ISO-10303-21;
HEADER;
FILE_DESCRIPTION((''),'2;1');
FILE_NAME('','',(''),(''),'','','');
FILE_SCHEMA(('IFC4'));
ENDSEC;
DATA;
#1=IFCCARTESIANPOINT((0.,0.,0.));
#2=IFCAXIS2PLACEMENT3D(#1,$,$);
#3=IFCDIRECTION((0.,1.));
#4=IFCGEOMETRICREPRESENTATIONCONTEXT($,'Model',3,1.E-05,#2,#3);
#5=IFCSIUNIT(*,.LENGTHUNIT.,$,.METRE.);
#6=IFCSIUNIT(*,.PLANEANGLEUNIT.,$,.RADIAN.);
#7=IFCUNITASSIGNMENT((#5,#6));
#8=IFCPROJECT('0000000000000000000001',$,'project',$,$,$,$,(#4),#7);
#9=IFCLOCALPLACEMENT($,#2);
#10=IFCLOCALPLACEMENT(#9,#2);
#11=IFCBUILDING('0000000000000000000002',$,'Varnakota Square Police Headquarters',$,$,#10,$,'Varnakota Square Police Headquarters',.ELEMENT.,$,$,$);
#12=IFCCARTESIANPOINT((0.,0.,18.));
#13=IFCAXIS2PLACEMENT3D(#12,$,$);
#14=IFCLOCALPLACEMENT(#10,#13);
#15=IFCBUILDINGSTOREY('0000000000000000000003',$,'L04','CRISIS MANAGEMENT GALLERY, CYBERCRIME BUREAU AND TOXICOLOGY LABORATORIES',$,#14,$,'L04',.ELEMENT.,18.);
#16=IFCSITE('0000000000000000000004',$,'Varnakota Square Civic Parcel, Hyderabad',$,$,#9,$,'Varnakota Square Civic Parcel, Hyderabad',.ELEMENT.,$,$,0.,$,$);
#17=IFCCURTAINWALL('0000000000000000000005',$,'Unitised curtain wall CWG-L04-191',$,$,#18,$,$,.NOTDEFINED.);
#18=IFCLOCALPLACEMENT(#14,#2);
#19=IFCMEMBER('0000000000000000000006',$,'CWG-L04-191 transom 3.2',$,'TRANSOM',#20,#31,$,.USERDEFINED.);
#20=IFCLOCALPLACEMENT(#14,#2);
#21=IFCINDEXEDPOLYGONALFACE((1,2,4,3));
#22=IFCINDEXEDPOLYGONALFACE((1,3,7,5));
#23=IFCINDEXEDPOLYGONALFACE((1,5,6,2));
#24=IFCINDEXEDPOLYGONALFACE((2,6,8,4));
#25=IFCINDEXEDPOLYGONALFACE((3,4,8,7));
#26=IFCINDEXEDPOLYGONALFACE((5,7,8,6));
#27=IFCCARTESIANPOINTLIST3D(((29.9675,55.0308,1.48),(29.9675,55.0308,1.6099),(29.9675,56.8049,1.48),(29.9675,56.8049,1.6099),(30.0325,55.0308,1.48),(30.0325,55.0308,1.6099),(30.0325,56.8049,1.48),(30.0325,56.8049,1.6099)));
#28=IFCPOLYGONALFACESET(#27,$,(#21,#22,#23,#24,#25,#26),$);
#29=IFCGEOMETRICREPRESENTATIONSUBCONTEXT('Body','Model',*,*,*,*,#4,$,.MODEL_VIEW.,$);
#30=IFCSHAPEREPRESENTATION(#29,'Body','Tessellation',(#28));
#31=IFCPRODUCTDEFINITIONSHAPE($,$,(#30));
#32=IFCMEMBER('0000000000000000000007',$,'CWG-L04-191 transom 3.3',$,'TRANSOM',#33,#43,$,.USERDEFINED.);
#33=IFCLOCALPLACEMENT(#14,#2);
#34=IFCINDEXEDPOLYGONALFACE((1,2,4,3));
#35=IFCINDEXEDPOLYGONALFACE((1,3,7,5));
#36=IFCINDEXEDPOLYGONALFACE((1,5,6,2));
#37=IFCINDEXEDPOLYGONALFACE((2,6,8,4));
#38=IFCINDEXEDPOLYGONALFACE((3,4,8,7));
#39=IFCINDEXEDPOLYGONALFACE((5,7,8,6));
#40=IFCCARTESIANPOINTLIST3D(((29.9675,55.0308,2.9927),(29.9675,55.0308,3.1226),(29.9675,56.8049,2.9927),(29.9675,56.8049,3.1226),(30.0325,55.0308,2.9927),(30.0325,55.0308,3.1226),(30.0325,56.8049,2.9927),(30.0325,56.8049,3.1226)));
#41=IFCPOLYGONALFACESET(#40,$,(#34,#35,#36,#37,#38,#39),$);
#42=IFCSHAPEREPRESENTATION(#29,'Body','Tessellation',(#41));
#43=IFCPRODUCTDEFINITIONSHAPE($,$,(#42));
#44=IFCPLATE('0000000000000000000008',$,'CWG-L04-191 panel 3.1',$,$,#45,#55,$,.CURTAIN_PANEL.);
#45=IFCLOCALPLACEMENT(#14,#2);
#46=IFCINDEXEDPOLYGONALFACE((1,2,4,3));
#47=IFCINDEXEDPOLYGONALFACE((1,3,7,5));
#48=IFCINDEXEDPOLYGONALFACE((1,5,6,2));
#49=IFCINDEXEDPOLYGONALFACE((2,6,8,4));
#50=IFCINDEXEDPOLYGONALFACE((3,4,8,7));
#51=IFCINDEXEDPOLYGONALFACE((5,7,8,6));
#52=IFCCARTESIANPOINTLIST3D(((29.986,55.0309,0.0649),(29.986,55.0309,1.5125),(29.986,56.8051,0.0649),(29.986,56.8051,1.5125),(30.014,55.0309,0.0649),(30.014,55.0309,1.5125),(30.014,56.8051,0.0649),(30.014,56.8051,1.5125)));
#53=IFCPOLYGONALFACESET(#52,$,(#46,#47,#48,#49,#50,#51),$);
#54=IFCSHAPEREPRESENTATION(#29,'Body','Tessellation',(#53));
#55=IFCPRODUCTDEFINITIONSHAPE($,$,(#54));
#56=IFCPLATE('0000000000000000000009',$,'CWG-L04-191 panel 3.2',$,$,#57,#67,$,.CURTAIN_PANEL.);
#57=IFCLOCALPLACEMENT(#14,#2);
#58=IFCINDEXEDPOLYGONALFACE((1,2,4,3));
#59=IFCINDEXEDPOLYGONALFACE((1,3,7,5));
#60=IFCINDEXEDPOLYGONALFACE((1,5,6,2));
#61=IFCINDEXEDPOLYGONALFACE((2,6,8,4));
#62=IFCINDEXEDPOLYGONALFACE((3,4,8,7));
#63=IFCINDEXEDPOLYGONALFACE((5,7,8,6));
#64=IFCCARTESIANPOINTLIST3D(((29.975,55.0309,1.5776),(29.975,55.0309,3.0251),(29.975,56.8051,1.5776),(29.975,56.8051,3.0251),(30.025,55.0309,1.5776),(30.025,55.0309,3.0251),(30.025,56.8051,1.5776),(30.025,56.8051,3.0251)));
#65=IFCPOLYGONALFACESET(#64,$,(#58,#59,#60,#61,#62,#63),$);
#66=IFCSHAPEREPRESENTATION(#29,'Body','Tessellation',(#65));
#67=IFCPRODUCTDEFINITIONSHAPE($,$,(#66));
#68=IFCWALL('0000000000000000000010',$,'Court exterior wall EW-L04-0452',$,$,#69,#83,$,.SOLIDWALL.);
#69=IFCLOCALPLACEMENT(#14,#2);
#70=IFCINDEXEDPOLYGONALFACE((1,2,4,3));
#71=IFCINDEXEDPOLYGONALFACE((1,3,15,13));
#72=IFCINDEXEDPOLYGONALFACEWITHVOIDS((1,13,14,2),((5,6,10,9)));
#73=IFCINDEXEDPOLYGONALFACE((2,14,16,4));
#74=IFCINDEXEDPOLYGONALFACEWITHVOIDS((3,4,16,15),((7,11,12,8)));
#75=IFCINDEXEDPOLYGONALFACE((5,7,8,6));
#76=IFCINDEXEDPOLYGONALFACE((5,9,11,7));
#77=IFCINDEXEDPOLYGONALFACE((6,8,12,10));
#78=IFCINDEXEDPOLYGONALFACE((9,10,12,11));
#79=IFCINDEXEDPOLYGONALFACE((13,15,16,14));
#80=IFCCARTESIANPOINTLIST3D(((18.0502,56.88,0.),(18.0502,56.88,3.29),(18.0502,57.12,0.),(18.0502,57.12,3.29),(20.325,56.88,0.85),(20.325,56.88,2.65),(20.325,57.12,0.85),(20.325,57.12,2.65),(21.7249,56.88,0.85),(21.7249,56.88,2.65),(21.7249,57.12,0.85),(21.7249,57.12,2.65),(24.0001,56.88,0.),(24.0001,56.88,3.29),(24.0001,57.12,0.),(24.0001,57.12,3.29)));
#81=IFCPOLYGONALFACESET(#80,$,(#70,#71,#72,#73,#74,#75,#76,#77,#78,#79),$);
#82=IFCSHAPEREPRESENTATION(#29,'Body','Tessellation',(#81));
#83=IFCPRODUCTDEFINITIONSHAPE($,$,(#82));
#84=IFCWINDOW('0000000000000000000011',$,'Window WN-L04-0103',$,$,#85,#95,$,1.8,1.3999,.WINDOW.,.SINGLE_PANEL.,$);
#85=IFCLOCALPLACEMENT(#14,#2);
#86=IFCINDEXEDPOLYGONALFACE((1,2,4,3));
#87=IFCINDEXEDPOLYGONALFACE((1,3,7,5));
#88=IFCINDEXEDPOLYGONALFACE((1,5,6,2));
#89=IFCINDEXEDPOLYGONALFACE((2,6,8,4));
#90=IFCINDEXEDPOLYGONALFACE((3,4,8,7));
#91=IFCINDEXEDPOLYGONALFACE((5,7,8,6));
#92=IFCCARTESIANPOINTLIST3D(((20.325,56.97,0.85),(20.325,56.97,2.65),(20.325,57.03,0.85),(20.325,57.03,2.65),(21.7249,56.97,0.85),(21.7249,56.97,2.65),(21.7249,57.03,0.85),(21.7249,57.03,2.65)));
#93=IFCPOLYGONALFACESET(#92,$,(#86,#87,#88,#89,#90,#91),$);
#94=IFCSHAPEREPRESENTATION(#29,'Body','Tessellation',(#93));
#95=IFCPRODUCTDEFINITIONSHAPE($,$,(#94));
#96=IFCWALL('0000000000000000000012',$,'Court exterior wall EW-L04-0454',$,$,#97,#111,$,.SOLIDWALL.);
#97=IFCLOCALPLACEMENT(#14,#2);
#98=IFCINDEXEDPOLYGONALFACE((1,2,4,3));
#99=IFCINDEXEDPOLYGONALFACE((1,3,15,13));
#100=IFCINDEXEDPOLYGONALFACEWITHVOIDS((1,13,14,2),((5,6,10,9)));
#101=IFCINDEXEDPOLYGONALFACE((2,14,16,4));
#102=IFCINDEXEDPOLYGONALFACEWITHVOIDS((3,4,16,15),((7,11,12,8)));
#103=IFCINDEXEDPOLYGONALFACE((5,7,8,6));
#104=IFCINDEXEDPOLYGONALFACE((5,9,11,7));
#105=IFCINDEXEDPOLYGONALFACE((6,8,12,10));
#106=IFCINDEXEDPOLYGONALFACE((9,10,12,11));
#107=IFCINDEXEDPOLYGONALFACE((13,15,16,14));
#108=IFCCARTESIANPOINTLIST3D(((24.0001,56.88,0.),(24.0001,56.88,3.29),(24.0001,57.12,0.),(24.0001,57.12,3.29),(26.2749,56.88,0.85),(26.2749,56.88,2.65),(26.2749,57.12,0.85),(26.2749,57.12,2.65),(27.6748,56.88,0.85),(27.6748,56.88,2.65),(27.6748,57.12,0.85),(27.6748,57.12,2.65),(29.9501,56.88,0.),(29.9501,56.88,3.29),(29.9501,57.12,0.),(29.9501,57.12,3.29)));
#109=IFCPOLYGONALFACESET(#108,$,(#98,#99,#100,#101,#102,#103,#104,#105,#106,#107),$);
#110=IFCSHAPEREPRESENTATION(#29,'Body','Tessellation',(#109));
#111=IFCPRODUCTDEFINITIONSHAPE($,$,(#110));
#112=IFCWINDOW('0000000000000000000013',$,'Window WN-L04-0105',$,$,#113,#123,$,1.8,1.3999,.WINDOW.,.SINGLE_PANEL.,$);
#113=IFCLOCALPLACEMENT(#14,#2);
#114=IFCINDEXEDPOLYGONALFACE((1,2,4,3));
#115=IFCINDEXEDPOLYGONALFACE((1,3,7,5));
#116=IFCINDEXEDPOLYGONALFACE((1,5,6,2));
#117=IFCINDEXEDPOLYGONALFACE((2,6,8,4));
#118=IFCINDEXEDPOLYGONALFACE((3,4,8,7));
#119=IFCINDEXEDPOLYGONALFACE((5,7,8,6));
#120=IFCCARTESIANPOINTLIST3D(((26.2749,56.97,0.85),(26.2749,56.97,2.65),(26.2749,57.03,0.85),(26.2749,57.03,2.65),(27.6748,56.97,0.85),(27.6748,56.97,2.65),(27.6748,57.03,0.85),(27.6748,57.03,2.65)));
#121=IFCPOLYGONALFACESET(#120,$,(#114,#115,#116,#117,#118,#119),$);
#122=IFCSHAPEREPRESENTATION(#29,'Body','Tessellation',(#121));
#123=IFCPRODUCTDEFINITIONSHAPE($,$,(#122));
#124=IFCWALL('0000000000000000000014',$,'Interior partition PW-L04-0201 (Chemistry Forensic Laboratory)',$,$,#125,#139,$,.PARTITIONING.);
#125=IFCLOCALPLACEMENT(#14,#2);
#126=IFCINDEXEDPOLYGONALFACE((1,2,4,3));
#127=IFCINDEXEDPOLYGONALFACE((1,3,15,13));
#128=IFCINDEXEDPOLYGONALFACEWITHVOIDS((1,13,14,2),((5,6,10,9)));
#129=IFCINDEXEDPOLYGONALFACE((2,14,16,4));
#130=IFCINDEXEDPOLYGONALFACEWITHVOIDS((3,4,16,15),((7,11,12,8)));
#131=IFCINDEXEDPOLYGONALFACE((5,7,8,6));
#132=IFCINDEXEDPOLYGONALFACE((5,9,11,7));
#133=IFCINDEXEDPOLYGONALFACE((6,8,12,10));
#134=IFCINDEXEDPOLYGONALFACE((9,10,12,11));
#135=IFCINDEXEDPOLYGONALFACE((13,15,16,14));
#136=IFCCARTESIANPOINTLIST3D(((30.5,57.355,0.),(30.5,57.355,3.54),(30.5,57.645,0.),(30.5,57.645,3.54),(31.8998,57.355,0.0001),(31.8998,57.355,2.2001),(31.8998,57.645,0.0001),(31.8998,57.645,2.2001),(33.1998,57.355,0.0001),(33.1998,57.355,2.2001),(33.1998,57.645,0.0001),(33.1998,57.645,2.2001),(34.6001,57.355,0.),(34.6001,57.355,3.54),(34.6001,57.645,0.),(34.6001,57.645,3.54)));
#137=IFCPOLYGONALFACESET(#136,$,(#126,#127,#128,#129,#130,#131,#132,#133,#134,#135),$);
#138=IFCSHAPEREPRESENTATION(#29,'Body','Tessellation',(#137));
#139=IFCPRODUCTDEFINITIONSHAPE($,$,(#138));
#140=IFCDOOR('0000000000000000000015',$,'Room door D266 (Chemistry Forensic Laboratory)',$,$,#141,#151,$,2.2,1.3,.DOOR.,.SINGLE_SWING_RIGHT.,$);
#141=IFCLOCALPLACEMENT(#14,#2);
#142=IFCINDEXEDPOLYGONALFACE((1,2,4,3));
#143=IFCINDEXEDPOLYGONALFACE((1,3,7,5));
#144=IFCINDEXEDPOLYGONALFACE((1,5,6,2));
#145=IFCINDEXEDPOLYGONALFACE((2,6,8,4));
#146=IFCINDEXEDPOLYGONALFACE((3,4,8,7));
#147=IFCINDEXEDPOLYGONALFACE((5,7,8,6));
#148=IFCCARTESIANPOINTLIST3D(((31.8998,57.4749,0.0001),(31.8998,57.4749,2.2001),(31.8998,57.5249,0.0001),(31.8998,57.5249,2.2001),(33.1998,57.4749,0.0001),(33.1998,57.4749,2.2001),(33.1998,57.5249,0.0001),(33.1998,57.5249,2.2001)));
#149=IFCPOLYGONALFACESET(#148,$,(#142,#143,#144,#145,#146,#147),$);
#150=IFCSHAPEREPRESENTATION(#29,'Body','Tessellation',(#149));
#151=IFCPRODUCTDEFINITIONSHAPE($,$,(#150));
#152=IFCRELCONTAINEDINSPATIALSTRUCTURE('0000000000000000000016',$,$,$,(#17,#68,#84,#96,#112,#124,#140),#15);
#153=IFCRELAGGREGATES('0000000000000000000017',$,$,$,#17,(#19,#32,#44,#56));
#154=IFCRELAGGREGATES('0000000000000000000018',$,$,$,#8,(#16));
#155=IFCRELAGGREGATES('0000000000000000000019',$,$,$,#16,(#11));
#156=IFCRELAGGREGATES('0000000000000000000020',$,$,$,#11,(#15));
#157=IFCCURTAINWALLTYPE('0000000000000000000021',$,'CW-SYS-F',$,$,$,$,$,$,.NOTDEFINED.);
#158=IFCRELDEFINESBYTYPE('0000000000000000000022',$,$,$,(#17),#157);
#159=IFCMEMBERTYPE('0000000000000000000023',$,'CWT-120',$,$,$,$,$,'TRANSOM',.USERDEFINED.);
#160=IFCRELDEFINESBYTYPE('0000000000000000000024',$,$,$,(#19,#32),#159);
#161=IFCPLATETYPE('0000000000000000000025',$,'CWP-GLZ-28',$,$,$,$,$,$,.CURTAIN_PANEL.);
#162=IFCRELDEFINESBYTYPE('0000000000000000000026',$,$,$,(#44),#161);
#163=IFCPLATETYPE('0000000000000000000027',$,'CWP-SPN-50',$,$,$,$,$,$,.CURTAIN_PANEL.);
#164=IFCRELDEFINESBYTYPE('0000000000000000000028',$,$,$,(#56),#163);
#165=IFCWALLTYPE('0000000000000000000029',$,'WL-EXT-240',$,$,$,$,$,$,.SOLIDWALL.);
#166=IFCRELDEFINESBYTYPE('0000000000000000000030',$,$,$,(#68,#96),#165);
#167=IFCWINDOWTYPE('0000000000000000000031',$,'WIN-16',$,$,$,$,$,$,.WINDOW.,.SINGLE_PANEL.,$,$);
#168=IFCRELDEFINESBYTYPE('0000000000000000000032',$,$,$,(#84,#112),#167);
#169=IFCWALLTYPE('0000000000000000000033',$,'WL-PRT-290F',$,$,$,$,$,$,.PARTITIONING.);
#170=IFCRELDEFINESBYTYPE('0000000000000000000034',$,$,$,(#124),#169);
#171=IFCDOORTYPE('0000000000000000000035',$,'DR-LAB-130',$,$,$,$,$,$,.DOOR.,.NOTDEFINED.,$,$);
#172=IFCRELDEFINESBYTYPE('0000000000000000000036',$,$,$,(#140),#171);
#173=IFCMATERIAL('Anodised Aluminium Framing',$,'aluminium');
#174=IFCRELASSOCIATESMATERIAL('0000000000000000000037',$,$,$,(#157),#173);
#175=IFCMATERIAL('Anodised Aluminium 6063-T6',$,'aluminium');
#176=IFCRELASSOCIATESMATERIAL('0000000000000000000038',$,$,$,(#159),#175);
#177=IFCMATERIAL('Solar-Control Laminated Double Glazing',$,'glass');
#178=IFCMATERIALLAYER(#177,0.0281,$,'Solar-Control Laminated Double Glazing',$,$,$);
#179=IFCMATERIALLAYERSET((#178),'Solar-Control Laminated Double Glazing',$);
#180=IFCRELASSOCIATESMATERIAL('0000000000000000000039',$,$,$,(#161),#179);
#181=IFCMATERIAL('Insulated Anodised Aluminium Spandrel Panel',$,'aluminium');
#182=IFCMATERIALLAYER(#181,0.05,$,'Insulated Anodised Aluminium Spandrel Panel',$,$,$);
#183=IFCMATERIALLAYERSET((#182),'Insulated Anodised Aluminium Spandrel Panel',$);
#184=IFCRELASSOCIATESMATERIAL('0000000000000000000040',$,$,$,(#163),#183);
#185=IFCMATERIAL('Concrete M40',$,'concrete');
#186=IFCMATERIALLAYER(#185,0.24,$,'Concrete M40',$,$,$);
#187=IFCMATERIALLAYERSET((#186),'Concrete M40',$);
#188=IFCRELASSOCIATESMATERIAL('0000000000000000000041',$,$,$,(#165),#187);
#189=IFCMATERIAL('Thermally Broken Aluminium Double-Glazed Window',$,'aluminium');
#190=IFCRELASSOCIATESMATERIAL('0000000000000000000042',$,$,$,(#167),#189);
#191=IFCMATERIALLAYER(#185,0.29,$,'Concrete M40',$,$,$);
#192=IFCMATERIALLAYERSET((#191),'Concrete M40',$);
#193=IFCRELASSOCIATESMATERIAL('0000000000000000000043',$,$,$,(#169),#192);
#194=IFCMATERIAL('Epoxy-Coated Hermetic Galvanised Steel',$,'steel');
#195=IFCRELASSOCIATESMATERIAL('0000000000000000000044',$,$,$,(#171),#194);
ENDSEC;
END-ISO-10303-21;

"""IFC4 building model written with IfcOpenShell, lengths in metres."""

from ifc_helpers import new_model, si_unit, direction, frame, frame_2d, origin, origin_2d, place, context, subcontext, project, spatial, rectangle, extrude, material, layer, layer_set, material_profile, profile_set, type_object, element, fill, aggregate, save


model = new_model("IFC4")

# Units and contexts
model_context = context("Model", 3, precision=1e-05, world=origin(), true_north=direction((0.0, 1.0)))
body_context = subcontext(model_context, "Body", "Model", "MODEL_VIEW")
ifc_project = project(units=[si_unit("LENGTHUNIT", "METRE"), si_unit("PLANEANGLEUNIT", "RADIAN")], contexts=[model_context])

# Site, building, storey
site_placement = place(None, origin())
site = spatial("IfcSite", under=ifc_project, at=site_placement, Name="Varnakota Square Civic Parcel, Hyderabad", LongName="Varnakota Square Civic Parcel, Hyderabad", CompositionType="ELEMENT", RefElevation=0.0)
building_placement = place(site_placement, origin())
building = spatial("IfcBuilding", under=site, at=building_placement, Name="Varnakota Square Police Headquarters", LongName="Varnakota Square Police Headquarters", CompositionType="ELEMENT")
storey_placement = place(building_placement, frame((0.0, 0.0, 18.0)))
storey = spatial("IfcBuildingStorey", under=building, at=storey_placement, Name="L04", Description="CRISIS MANAGEMENT GALLERY, CYBERCRIME BUREAU AND TOXICOLOGY LABORATORIES", LongName="L04", CompositionType="ELEMENT", Elevation=18.0)

# Curtain wall, members, plates
ifc_material_1 = material(Name="Anodised Aluminium Framing", Category="aluminium")
curtain_wall_type = type_object("IfcCurtainWallType", Name="CW-SYS-F", PredefinedType="NOTDEFINED", material=ifc_material_1)
curtain_wall_placement = place(storey_placement, origin())
curtain_wall = element("IfcCurtainWall", 1, at=curtain_wall_placement, inside=storey, type_object=curtain_wall_type, Name="Unitised curtain wall CWG-L04-191", PredefinedType="NOTDEFINED")
ifc_material_2 = material(Name="Anodised Aluminium 6063-T6", Category="aluminium")
ifc_material_profile_1 = material_profile(ifc_material_2, rectangle(XDim=0.0649, YDim=0.1299, at=origin_2d()), Name="ALU TRANSOM 65x130")
ifc_profile_set_1 = profile_set([ifc_material_profile_1], Name="Anodised Aluminium 6063-T6")
member_type_1 = type_object("IfcMemberType", Name="CWT-120", ElementType="TRANSOM", PredefinedType="USERDEFINED", material=ifc_profile_set_1)
member_1_placement = place(storey_placement, frame((30.0, 55.0308, 1.5449), z_axis=(0.0, 1.0, 0.0), x_axis=(-1.0, 0.0, 0.0)))
member_1 = element("IfcMember", 2, at=member_1_placement, type_object=member_type_1, Name="CWG-L04-191 transom 3.2", ObjectType="TRANSOM", PredefinedType="USERDEFINED", context=body_context, shape_type="SweptSolid", body=[
    extrude(rectangle(XDim=0.0649, YDim=0.1299, at=origin_2d()), origin(), (0.0, 0.0, 1.0), 1.7742),
])
member_2_placement = place(storey_placement, frame((30.0, 55.0308, 3.0576), z_axis=(0.0, 1.0, 0.0), x_axis=(-1.0, 0.0, 0.0)))
member_2 = element("IfcMember", 3, at=member_2_placement, type_object=member_type_1, Name="CWG-L04-191 transom 3.3", ObjectType="TRANSOM", PredefinedType="USERDEFINED", context=body_context, shape_type="SweptSolid", body=[
    extrude(rectangle(XDim=0.0649, YDim=0.1299, at=origin_2d()), origin(), (0.0, 0.0, 1.0), 1.7742),
])
ifc_material_3 = material(Name="Solar-Control Laminated Double Glazing", Category="glass")
ifc_layer_1 = layer(ifc_material_3, 0.0281, Name="Solar-Control Laminated Double Glazing")
ifc_layer_set_1 = layer_set([ifc_layer_1], Name="Solar-Control Laminated Double Glazing")
plate_type_1 = type_object("IfcPlateType", Name="CWP-GLZ-28", PredefinedType="CURTAIN_PANEL", material=ifc_layer_set_1)
plate_1_placement = place(storey_placement, frame((30.0, 55.918, 0.0649), z_axis=(0.0, 0.0, 1.0), x_axis=(0.0, 1.0, 0.0)))
plate_1 = element("IfcPlate", 4, at=plate_1_placement, type_object=plate_type_1, Name="CWG-L04-191 panel 3.1", PredefinedType="CURTAIN_PANEL", context=body_context, shape_type="SweptSolid", body=[
    extrude(rectangle(XDim=1.7742, YDim=0.0281, at=origin_2d()), origin(), (0.0, 0.0, 1.0), 1.4475),
])
ifc_material_4 = material(Name="Insulated Anodised Aluminium Spandrel Panel", Category="aluminium")
ifc_layer_2 = layer(ifc_material_4, 0.05, Name="Insulated Anodised Aluminium Spandrel Panel")
ifc_layer_set_2 = layer_set([ifc_layer_2], Name="Insulated Anodised Aluminium Spandrel Panel")
plate_type_2 = type_object("IfcPlateType", Name="CWP-SPN-50", PredefinedType="CURTAIN_PANEL", material=ifc_layer_set_2)
plate_2_placement = place(storey_placement, frame((30.0, 55.918, 1.5776), z_axis=(0.0, 0.0, 1.0), x_axis=(0.0, 1.0, 0.0)))
plate_2 = element("IfcPlate", 5, at=plate_2_placement, type_object=plate_type_2, Name="CWG-L04-191 panel 3.2", PredefinedType="CURTAIN_PANEL", context=body_context, shape_type="SweptSolid", body=[
    extrude(rectangle(XDim=1.7742, YDim=0.05, at=origin_2d()), origin(), (0.0, 0.0, 1.0), 1.4475),
])
aggregate(curtain_wall, [member_1, member_2, plate_1, plate_2])

# Walls, openings, windows
ifc_material_5 = material(Name="Concrete M40", Category="concrete")
ifc_layer_3 = layer(ifc_material_5, 0.24, Name="Concrete M40")
ifc_layer_set_3 = layer_set([ifc_layer_3], Name="Concrete M40")
wall_type_1 = type_object("IfcWallType", Name="WL-EXT-240", PredefinedType="SOLIDWALL", material=ifc_layer_set_3)
wall_1_placement = place(storey_placement, frame((18.05, 57.0, 0.0), z_axis=(0.0, 0.0, 1.0), x_axis=(1.0, 0.0, 0.0)))
wall_1 = element("IfcWall", 6, at=wall_1_placement, inside=storey, type_object=wall_type_1, Name="Court exterior wall EW-L04-0452", PredefinedType="SOLIDWALL", context=body_context, shape_type="SweptSolid", body=[
    extrude(rectangle(XDim=5.95, YDim=0.24, at=frame_2d((2.9751, 0.0))), origin(), (0.0, 0.0, 1.0), 3.29),
])
opening_1_placement = place(wall_1_placement, frame((2.2749, 0.0, 0.8501)))
opening_1 = element("IfcOpeningElement", 7, at=opening_1_placement, cuts=wall_1, PredefinedType="OPENING", context=body_context, shape_type="SweptSolid", body=[
    extrude(rectangle(XDim=1.3999, YDim=1.8, at=frame_2d((0.7, 0.8999))), frame((0.0, 0.1299, 0.0), z_axis=(0.0, -1.0, 0.0), x_axis=(1.0, 0.0, 0.0)), (0.0, 0.0, 1.0), 0.26),
])
ifc_material_6 = material(Name="Thermally Broken Aluminium Double-Glazed Window", Category="aluminium")
window_type = type_object("IfcWindowType", Name="WIN-16", PartitioningType="SINGLE_PANEL", PredefinedType="WINDOW", material=ifc_material_6)
window_1_placement = place(opening_1_placement, origin())
window_1 = element("IfcWindow", 8, at=window_1_placement, inside=storey, type_object=window_type, Name="Window WN-L04-0103", OverallHeight=1.8, OverallWidth=1.3999, PartitioningType="SINGLE_PANEL", PredefinedType="WINDOW", context=body_context, shape_type="SweptSolid", body=[
    extrude(rectangle(XDim=1.3999, YDim=1.8, at=frame_2d((0.7, 0.8999))), frame((0.0, 0.03, 0.0), z_axis=(0.0, -1.0, 0.0), x_axis=(1.0, 0.0, 0.0)), (0.0, 0.0, 1.0), 0.0601),
])
fill(opening_1, window_1)
wall_2_placement = place(storey_placement, frame((24.0, 57.0, 0.0), z_axis=(0.0, 0.0, 1.0), x_axis=(1.0, 0.0, 0.0)))
wall_2 = element("IfcWall", 9, at=wall_2_placement, inside=storey, type_object=wall_type_1, Name="Court exterior wall EW-L04-0454", PredefinedType="SOLIDWALL", context=body_context, shape_type="SweptSolid", body=[
    extrude(rectangle(XDim=5.95, YDim=0.24, at=frame_2d((2.9751, 0.0))), origin(), (0.0, 0.0, 1.0), 3.29),
])
opening_2_placement = place(wall_2_placement, frame((2.2749, 0.0, 0.8501)))
opening_2 = element("IfcOpeningElement", 10, at=opening_2_placement, cuts=wall_2, PredefinedType="OPENING", context=body_context, shape_type="SweptSolid", body=[
    extrude(rectangle(XDim=1.3999, YDim=1.8, at=frame_2d((0.7, 0.8999))), frame((0.0, 0.1299, 0.0), z_axis=(0.0, -1.0, 0.0), x_axis=(1.0, 0.0, 0.0)), (0.0, 0.0, 1.0), 0.26),
])
window_2_placement = place(opening_2_placement, origin())
window_2 = element("IfcWindow", 11, at=window_2_placement, inside=storey, type_object=window_type, Name="Window WN-L04-0105", OverallHeight=1.8, OverallWidth=1.3999, PartitioningType="SINGLE_PANEL", PredefinedType="WINDOW", context=body_context, shape_type="SweptSolid", body=[
    extrude(rectangle(XDim=1.3999, YDim=1.8, at=frame_2d((0.7, 0.8999))), frame((0.0, 0.03, 0.0), z_axis=(0.0, -1.0, 0.0), x_axis=(1.0, 0.0, 0.0)), (0.0, 0.0, 1.0), 0.0601),
])
fill(opening_2, window_2)

# Wall, opening, door
ifc_layer_4 = layer(ifc_material_5, 0.29, Name="Concrete M40")
ifc_layer_set_4 = layer_set([ifc_layer_4], Name="Concrete M40")
wall_type_2 = type_object("IfcWallType", Name="WL-PRT-290F", PredefinedType="PARTITIONING", material=ifc_layer_set_4)
wall_3_placement = place(storey_placement, frame((30.5, 57.5, 0.0), z_axis=(0.0, 0.0, 1.0), x_axis=(1.0, 0.0, 0.0)))
wall_3 = element("IfcWall", 12, at=wall_3_placement, inside=storey, type_object=wall_type_2, Name="Interior partition PW-L04-0201 (Chemistry Forensic Laboratory)", PredefinedType="PARTITIONING", context=body_context, shape_type="SweptSolid", body=[
    extrude(rectangle(XDim=4.1001, YDim=0.29, at=frame_2d((2.05, 0.0))), origin(), (0.0, 0.0, 1.0), 3.54),
])
opening_3_placement = place(wall_3_placement, frame((1.3999, 0.0, 0.0)))
opening_3 = element("IfcOpeningElement", 13, at=opening_3_placement, cuts=wall_3, PredefinedType="OPENING", context=body_context, shape_type="SweptSolid", body=[
    extrude(rectangle(XDim=1.3, YDim=2.2, at=frame_2d((0.6499, 1.1001))), frame((0.0, 0.155, 0.0), z_axis=(0.0, -1.0, 0.0), x_axis=(1.0, 0.0, 0.0)), (0.0, 0.0, 1.0), 0.3101),
])
ifc_material_7 = material(Name="Epoxy-Coated Hermetic Galvanised Steel", Category="steel")
door_type = type_object("IfcDoorType", Name="DR-LAB-130", OperationType="NOTDEFINED", PredefinedType="DOOR", material=ifc_material_7)
door_placement = place(opening_3_placement, origin())
door = element("IfcDoor", 14, at=door_placement, inside=storey, type_object=door_type, Name="Room door D266 (Chemistry Forensic Laboratory)", OperationType="SINGLE_SWING_RIGHT", OverallHeight=2.2, OverallWidth=1.3, PredefinedType="DOOR", context=body_context, shape_type="SweptSolid", body=[
    extrude(rectangle(XDim=1.3, YDim=2.2, at=frame_2d((0.6499, 1.1001))), frame((0.0, 0.0249, 0.0), z_axis=(0.0, -1.0, 0.0), x_axis=(1.0, 0.0, 0.0)), (0.0, 0.0, 1.0), 0.05),
])
fill(opening_3, door)

save(model, "model.ifc")
